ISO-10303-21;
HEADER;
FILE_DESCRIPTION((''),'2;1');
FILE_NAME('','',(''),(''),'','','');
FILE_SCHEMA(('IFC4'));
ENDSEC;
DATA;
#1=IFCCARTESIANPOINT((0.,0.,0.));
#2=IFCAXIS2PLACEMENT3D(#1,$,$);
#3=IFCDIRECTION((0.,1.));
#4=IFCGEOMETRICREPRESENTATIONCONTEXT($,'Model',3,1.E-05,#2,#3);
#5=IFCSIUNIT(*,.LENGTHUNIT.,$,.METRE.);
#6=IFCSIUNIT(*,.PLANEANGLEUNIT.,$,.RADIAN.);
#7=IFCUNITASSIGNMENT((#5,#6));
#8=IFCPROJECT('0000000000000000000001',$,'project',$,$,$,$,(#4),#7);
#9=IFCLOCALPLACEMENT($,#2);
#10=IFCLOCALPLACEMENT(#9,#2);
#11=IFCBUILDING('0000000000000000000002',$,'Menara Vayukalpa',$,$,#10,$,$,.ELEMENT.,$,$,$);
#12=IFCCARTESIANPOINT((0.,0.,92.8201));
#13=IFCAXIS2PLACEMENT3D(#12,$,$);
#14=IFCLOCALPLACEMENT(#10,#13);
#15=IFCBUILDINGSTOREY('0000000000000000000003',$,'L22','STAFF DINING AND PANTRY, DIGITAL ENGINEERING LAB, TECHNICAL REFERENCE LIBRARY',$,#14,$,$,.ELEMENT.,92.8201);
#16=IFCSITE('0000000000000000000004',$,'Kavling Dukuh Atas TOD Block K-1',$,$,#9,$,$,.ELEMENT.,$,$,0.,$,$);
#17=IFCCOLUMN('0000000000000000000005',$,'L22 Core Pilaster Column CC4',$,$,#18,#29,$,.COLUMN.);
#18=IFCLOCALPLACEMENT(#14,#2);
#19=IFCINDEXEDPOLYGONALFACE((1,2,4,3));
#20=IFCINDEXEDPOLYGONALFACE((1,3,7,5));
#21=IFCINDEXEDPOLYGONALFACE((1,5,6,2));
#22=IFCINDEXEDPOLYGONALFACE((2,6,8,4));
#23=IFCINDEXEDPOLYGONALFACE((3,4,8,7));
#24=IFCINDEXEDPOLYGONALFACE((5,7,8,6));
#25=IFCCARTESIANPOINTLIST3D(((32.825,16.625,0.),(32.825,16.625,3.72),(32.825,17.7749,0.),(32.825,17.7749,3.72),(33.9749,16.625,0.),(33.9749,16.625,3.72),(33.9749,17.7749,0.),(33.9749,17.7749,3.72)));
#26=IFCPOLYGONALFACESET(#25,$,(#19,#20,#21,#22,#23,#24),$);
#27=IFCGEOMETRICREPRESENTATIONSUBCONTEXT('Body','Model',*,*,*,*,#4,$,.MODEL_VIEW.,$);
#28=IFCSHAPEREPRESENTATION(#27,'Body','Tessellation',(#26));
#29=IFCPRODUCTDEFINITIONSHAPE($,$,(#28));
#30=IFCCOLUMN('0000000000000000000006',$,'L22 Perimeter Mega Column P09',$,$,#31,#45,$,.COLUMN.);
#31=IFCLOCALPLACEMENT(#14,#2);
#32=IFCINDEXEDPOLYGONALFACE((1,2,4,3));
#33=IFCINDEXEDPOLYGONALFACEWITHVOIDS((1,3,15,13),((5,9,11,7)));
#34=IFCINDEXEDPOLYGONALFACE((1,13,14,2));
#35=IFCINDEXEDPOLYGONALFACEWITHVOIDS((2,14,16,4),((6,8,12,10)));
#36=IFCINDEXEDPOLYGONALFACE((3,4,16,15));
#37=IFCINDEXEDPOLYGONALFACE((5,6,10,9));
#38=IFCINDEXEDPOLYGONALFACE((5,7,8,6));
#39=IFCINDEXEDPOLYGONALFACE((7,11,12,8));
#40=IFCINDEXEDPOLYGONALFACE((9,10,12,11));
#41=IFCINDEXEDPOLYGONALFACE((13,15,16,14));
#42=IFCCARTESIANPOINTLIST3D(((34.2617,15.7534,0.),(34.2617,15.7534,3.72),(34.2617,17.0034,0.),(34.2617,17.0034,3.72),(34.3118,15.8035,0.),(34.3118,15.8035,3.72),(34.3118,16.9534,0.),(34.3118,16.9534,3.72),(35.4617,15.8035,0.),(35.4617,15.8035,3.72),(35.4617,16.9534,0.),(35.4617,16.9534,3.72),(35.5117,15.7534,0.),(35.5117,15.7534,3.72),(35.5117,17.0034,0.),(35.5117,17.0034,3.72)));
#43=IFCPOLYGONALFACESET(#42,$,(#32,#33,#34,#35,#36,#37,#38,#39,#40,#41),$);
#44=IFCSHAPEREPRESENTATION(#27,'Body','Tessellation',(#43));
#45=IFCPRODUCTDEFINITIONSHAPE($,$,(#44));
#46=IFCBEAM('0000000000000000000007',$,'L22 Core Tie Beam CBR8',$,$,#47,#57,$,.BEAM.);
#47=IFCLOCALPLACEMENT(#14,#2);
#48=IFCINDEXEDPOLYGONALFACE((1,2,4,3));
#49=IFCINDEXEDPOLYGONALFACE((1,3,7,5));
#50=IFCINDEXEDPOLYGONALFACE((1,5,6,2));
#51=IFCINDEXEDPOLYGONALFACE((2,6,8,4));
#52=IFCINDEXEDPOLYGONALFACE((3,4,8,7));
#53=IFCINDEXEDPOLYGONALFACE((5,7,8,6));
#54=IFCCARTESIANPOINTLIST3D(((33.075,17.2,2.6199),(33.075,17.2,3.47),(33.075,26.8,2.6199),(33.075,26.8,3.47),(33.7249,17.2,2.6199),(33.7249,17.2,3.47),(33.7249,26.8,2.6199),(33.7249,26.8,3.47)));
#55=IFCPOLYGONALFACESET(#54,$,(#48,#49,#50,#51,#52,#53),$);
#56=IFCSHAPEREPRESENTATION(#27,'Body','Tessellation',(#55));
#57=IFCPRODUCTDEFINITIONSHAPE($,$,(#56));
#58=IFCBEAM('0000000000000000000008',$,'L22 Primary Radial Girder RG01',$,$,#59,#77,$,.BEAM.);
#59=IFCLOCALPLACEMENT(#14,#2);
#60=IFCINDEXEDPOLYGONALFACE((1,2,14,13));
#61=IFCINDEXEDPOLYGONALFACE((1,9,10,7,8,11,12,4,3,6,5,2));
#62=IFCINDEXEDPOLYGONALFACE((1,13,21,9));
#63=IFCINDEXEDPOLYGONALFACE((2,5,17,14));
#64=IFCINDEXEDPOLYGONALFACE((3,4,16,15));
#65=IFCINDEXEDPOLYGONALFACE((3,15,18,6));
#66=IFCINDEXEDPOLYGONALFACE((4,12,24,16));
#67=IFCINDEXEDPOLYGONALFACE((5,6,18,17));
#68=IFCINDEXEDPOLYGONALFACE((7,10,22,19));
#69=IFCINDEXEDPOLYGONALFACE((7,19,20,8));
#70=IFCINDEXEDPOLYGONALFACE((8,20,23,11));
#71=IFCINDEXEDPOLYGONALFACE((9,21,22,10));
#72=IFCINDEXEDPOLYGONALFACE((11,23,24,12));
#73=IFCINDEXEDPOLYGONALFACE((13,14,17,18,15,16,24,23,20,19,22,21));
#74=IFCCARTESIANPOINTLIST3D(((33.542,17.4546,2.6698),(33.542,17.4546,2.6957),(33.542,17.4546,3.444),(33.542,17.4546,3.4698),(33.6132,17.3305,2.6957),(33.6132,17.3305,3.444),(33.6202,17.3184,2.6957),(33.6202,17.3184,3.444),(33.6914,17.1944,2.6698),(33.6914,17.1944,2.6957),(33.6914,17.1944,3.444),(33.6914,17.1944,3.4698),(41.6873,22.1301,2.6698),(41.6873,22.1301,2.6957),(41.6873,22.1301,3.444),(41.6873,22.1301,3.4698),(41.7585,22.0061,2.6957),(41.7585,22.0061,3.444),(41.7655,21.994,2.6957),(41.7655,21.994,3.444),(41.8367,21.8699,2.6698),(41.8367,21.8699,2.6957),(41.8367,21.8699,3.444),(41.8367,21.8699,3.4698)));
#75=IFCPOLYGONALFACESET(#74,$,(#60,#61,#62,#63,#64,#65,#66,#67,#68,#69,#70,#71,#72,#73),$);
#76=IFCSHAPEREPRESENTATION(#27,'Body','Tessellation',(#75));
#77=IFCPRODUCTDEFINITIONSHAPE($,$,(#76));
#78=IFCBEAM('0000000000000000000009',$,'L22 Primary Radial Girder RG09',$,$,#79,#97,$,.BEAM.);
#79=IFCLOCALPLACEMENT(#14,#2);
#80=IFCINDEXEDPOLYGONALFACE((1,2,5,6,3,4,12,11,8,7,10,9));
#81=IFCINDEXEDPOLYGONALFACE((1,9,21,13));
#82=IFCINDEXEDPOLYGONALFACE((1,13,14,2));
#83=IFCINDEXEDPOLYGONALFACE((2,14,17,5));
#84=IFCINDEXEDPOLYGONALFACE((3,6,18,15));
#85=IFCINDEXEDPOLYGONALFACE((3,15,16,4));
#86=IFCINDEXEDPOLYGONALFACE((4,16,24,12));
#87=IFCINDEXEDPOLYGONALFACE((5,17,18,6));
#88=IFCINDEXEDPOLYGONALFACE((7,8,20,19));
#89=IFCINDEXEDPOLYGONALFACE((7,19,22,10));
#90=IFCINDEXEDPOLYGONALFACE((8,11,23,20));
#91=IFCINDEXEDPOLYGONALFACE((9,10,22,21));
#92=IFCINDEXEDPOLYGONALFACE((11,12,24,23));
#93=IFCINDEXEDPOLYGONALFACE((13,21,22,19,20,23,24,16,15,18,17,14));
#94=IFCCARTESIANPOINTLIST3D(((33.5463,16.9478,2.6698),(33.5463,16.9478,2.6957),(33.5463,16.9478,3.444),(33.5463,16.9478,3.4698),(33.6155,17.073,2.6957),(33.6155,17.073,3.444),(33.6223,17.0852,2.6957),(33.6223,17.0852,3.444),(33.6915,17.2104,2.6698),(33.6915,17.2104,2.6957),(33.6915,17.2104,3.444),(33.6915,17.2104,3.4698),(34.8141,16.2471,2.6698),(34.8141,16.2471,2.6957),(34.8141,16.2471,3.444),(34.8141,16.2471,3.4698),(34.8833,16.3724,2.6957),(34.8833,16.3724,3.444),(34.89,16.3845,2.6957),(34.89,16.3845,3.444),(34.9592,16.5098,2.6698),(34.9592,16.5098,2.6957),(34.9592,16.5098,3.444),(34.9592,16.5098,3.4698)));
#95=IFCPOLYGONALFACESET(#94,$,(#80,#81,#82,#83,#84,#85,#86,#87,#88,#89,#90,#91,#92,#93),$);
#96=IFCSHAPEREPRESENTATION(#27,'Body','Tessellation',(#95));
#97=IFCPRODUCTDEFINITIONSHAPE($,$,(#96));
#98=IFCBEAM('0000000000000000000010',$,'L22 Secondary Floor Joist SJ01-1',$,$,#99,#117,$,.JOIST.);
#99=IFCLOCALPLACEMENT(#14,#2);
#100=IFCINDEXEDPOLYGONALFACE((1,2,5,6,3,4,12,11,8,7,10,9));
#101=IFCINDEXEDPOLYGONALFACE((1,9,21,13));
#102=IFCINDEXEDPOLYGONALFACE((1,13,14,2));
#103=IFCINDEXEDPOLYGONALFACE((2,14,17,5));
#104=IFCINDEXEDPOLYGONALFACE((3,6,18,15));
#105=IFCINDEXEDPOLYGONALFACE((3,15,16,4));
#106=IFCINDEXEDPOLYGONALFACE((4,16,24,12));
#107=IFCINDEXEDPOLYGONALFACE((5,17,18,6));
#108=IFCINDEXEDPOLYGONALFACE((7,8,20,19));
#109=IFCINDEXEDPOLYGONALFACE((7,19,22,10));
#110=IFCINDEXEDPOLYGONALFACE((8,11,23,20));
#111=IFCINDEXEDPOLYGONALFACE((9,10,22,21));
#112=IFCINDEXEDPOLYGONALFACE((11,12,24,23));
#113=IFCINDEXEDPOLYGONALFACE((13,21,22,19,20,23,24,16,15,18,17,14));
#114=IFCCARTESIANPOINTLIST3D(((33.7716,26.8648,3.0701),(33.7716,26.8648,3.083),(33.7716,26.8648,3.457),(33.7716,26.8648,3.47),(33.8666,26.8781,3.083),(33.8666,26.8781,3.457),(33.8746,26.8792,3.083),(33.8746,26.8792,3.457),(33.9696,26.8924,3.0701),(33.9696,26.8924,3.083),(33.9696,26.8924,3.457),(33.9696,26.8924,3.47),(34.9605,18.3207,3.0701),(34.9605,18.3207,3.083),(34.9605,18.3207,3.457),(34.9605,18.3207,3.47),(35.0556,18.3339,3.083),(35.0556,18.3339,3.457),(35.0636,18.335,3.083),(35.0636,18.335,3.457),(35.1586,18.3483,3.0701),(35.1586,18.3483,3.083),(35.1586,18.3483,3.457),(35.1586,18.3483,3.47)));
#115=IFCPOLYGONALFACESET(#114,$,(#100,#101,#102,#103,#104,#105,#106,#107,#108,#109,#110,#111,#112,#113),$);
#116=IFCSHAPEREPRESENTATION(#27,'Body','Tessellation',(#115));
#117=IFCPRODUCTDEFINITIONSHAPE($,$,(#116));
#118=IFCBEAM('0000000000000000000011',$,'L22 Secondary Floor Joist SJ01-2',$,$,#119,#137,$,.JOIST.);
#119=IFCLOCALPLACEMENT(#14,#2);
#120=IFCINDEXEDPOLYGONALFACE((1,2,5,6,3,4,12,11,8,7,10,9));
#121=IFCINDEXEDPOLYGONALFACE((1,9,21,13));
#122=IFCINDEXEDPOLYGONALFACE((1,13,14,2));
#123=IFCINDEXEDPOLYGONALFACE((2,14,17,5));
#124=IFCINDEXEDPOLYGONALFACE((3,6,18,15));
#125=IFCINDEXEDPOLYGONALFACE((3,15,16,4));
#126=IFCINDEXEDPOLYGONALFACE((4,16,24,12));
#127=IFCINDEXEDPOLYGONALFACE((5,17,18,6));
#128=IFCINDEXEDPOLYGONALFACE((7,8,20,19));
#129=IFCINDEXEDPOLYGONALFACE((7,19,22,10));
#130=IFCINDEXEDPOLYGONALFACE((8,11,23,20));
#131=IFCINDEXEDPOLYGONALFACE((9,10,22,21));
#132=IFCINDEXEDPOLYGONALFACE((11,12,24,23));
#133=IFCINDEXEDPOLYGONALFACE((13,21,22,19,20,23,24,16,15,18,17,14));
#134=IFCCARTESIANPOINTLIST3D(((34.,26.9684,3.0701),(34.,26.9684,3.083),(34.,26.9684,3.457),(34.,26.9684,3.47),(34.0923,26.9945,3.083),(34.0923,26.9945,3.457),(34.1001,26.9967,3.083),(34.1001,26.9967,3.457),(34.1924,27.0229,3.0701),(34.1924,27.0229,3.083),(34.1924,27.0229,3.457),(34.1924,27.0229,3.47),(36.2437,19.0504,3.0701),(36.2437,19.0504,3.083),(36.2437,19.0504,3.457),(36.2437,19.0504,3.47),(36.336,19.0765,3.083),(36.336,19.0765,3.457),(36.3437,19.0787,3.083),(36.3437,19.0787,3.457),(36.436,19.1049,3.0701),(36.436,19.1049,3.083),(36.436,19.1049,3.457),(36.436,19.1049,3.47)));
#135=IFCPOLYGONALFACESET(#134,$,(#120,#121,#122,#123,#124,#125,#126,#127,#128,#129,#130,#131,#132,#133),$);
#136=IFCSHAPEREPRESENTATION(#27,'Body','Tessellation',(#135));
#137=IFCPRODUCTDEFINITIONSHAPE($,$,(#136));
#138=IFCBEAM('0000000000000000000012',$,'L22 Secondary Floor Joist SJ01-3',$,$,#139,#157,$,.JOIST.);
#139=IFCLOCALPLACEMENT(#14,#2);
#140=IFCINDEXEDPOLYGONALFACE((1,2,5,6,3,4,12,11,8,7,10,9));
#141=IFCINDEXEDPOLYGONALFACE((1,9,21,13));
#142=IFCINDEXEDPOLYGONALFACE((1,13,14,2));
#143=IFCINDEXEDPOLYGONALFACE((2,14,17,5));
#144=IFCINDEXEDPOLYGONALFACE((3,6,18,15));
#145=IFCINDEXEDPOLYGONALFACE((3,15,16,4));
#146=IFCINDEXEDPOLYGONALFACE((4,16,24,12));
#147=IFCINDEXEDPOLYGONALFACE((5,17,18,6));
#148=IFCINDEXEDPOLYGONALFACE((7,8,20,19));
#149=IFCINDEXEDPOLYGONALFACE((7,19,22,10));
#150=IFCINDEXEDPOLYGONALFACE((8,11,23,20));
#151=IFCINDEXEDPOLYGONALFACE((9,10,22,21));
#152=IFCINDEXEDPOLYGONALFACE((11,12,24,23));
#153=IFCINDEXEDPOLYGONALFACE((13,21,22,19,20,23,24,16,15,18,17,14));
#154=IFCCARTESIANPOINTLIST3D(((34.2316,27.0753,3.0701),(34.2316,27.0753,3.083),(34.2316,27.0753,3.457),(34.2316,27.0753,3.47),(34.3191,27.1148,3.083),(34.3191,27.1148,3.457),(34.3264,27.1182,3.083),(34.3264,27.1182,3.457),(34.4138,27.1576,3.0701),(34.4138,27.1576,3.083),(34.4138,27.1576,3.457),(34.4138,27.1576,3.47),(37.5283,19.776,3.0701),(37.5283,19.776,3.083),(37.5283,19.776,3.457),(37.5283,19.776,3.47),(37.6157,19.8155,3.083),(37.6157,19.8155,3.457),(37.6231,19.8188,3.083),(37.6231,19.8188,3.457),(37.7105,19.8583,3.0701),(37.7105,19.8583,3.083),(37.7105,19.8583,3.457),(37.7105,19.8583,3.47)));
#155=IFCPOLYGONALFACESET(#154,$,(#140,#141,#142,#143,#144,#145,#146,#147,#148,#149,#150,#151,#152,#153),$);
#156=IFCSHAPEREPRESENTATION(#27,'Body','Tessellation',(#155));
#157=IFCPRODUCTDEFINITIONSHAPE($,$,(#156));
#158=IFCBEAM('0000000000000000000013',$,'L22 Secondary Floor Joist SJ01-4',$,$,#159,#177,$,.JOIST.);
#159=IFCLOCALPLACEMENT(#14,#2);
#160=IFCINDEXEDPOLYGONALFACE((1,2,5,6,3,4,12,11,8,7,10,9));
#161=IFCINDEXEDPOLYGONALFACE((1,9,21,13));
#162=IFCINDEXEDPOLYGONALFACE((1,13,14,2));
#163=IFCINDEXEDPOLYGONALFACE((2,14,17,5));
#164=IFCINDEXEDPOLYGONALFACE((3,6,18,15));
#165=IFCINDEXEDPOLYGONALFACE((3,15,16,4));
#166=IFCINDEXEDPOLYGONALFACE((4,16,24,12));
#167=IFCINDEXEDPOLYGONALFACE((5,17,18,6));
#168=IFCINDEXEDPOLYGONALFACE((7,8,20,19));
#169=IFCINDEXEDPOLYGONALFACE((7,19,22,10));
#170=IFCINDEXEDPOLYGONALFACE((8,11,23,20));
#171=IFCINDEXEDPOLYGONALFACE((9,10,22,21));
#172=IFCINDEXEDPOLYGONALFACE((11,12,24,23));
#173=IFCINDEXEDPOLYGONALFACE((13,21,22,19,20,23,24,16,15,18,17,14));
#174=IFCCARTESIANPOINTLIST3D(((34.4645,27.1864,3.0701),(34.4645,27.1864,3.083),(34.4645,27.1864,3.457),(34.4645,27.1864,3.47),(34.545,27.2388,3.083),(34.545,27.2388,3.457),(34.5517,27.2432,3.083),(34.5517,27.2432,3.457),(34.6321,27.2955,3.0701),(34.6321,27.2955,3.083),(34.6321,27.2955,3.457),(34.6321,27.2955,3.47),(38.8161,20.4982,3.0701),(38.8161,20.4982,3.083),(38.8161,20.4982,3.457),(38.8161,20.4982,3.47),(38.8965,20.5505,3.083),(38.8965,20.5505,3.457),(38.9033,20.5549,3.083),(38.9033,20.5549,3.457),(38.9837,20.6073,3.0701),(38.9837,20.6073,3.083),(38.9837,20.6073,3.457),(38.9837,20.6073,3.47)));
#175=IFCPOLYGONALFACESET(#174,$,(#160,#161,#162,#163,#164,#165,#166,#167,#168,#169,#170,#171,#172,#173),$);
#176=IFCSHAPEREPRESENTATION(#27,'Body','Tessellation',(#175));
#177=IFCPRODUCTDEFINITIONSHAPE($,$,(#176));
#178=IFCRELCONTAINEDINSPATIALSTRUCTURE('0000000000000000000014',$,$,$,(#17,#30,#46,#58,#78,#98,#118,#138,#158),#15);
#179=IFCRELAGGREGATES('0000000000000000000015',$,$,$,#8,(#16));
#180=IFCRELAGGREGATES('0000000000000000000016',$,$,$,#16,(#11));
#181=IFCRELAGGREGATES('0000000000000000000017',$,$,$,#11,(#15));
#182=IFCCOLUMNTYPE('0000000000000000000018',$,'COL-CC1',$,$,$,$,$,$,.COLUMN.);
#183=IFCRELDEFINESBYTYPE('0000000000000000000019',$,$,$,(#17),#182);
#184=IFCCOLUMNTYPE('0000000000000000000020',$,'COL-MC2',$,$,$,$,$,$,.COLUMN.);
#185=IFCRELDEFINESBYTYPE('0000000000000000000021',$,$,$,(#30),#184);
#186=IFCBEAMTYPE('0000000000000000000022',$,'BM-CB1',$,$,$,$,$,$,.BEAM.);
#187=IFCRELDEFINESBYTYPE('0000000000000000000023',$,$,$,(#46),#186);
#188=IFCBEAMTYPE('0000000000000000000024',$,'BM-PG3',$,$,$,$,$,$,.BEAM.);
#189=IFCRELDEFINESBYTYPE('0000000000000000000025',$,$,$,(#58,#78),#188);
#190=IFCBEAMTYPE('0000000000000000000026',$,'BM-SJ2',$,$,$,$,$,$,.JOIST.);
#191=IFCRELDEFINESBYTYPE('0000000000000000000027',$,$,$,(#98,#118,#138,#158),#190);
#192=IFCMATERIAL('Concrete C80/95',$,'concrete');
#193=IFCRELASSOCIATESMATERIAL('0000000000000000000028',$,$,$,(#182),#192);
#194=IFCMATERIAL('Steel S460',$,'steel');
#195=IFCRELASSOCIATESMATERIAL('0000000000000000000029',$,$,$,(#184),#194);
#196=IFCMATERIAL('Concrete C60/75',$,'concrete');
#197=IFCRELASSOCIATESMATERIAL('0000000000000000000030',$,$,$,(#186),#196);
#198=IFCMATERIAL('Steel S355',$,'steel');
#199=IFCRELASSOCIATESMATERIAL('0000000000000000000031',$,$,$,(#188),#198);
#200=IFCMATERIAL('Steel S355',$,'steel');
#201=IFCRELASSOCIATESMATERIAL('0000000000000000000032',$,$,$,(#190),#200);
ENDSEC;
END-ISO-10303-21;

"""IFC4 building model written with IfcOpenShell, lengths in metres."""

from ifc_helpers import new_model, si_unit, direction, frame, origin, origin_2d, place, context, subcontext, project, spatial, rectangle, hollow_rectangle, i_section, extrude, material, material_profile, profile_set, type_object, element, save


model = new_model("IFC4")

# Units and contexts
model_context = context("Model", 3, precision=1e-05, world=origin(), true_north=direction((0.0, 1.0)))
body_context = subcontext(model_context, "Body", "Model", "MODEL_VIEW")
ifc_project = project(units=[si_unit("LENGTHUNIT", "METRE"), si_unit("PLANEANGLEUNIT", "RADIAN")], contexts=[model_context])

# Site, building, storey
site_placement = place(None, origin())
site = spatial("IfcSite", under=ifc_project, at=site_placement, Name="Kavling Dukuh Atas TOD Block K-1", CompositionType="ELEMENT", RefElevation=0.0)
building_placement = place(site_placement, origin())
building = spatial("IfcBuilding", under=site, at=building_placement, Name="Menara Vayukalpa", CompositionType="ELEMENT")
storey_placement = place(building_placement, frame((0.0, 0.0, 92.8201)))
storey = spatial("IfcBuildingStorey", under=building, at=storey_placement, Name="L22", Description="STAFF DINING AND PANTRY, DIGITAL ENGINEERING LAB, TECHNICAL REFERENCE LIBRARY", CompositionType="ELEMENT", Elevation=92.8201)

# Columns
ifc_material_1 = material(Name="Concrete C80/95", Category="concrete")
ifc_material_profile_1 = material_profile(ifc_material_1, rectangle(XDim=1.1499, YDim=1.1499, at=origin_2d()), Name="RC 1150x1150")
ifc_profile_set_1 = profile_set([ifc_material_profile_1], Name="Concrete C80/95")
column_type_1 = type_object("IfcColumnType", Name="COL-CC1", PredefinedType="COLUMN", material=ifc_profile_set_1)
column_1_placement = place(storey_placement, frame((33.3999, 17.2, 0.0), z_axis=(0.0, 0.0, 1.0), x_axis=(1.0, 0.0, 0.0)))
element("IfcColumn", 1, at=column_1_placement, inside=storey, type_object=column_type_1, Name="L22 Core Pilaster Column CC4", PredefinedType="COLUMN", context=body_context, shape_type="SweptSolid", body=[
    extrude(rectangle(XDim=1.1499, YDim=1.1499, at=origin_2d()), origin(), (0.0, 0.0, 1.0), 3.72),
])
ifc_material_2 = material(Name="Steel S460", Category="steel")
ifc_material_profile_2 = material_profile(ifc_material_2, hollow_rectangle(XDim=1.25, YDim=1.25, WallThickness=0.05, at=origin_2d()), Name="BOX 1250x1250x50")
ifc_profile_set_2 = profile_set([ifc_material_profile_2], Name="Steel S460")
column_type_2 = type_object("IfcColumnType", Name="COL-MC2", PredefinedType="COLUMN", material=ifc_profile_set_2)
column_2_placement = place(storey_placement, frame((34.8867, 16.3784, 0.0), z_axis=(0.0, 0.0, 1.0), x_axis=(1.0, 0.0, 0.0)))
element("IfcColumn", 2, at=column_2_placement, inside=storey, type_object=column_type_2, Name="L22 Perimeter Mega Column P09", PredefinedType="COLUMN", context=body_context, shape_type="SweptSolid", body=[
    extrude(hollow_rectangle(XDim=1.25, YDim=1.25, WallThickness=0.05, at=origin_2d()), origin(), (0.0, 0.0, 1.0), 3.72),
])

# Beams
ifc_material_3 = material(Name="Concrete C60/75", Category="concrete")
ifc_material_profile_3 = material_profile(ifc_material_3, rectangle(XDim=0.6499, YDim=0.8501, at=origin_2d()), Name="RC 650x850")
ifc_profile_set_3 = profile_set([ifc_material_profile_3], Name="Concrete C60/75")
beam_type_1 = type_object("IfcBeamType", Name="BM-CB1", PredefinedType="BEAM", material=ifc_profile_set_3)
beam_1_placement = place(storey_placement, frame((33.3999, 17.2, 3.0449), z_axis=(0.0, 1.0, 0.0), x_axis=(-1.0, 0.0, 0.0)))
element("IfcBeam", 3, at=beam_1_placement, inside=storey, type_object=beam_type_1, Name="L22 Core Tie Beam CBR8", PredefinedType="BEAM", context=body_context, shape_type="SweptSolid", body=[
    extrude(rectangle(XDim=0.6499, YDim=0.8501, at=origin_2d()), origin(), (0.0, 0.0, 1.0), 9.6001),
])
ifc_material_4 = material(Name="Steel S355", Category="steel")
ifc_material_profile_4 = material_profile(ifc_material_4, i_section(OverallWidth=0.3, OverallDepth=0.8, WebThickness=0.0139, FlangeThickness=0.0259, at=origin_2d()), Name="WF 800x300x14x26")
ifc_profile_set_4 = profile_set([ifc_material_profile_4], Name="Steel S355")
beam_type_2 = type_object("IfcBeamType", Name="BM-PG3", PredefinedType="BEAM", material=ifc_profile_set_4)
beam_2_placement = place(storey_placement, frame((33.6167, 17.3245, 3.0698), z_axis=(0.867274, 0.497832, 0.0), x_axis=(-0.497832, 0.867274, 0.0)))
element("IfcBeam", 4, at=beam_2_placement, inside=storey, type_object=beam_type_2, Name="L22 Primary Radial Girder RG01", PredefinedType="BEAM", context=body_context, shape_type="SweptSolid", body=[
    extrude(i_section(OverallWidth=0.3, OverallDepth=0.8, WebThickness=0.0139, FlangeThickness=0.0259, at=origin_2d()), origin(), (0.0, 0.0, 1.0), 9.3918),
])
beam_3_placement = place(storey_placement, frame((33.6189, 17.0791, 3.0698), z_axis=(0.875228, -0.48371, 0.0), x_axis=(0.48371, 0.875228, 0.0)))
element("IfcBeam", 5, at=beam_3_placement, inside=storey, type_object=beam_type_2, Name="L22 Primary Radial Girder RG09", PredefinedType="BEAM", context=body_context, shape_type="SweptSolid", body=[
    extrude(i_section(OverallWidth=0.3, OverallDepth=0.8, WebThickness=0.0139, FlangeThickness=0.0259, at=origin_2d()), origin(), (0.0, 0.0, 1.0), 1.4485),
])
ifc_material_5 = material(Name="Steel S355", Category="steel")
ifc_material_profile_5 = material_profile(ifc_material_5, i_section(OverallWidth=0.2, OverallDepth=0.3999, WebThickness=0.0081, FlangeThickness=0.0129, at=origin_2d()), Name="WF 400x200x8x13")
ifc_profile_set_5 = profile_set([ifc_material_profile_5], Name="Steel S355")
beam_type_3 = type_object("IfcBeamType", Name="BM-SJ2", PredefinedType="JOIST", material=ifc_profile_set_5)
beam_4_placement = place(storey_placement, frame((35.0596, 18.3345, 3.27), z_axis=(-0.137827, 0.990456, 0.0), x_axis=(-0.990456, -0.137827, 0.0)))
element("IfcBeam", 6, at=beam_4_placement, inside=storey, type_object=beam_type_3, Name="L22 Secondary Floor Joist SJ01-1", PredefinedType="JOIST", context=body_context, shape_type="SweptSolid", body=[
    extrude(i_section(OverallWidth=0.2, OverallDepth=0.3999, WebThickness=0.0081, FlangeThickness=0.0129, at=origin_2d()), origin(), (0.0, 0.0, 1.0), 8.6265),
])
beam_5_placement = place(storey_placement, frame((36.3398, 19.0776, 3.27), z_axis=(-0.272628, 0.962119, 0.0), x_axis=(-0.962119, -0.272628, 0.0)))
element("IfcBeam", 7, at=beam_5_placement, inside=storey, type_object=beam_type_3, Name="L22 Secondary Floor Joist SJ01-2", PredefinedType="JOIST", context=body_context, shape_type="SweptSolid", body=[
    extrude(i_section(OverallWidth=0.2, OverallDepth=0.3999, WebThickness=0.0081, FlangeThickness=0.0129, at=origin_2d()), origin(), (0.0, 0.0, 1.0), 8.2297),
])
beam_6_placement = place(storey_placement, frame((37.6194, 19.8171, 3.27), z_axis=(-0.411604, 0.911363, 0.0), x_axis=(-0.911363, -0.411604, 0.0)))
element("IfcBeam", 8, at=beam_6_placement, inside=storey, type_object=beam_type_3, Name="L22 Secondary Floor Joist SJ01-3", PredefinedType="JOIST", context=body_context, shape_type="SweptSolid", body=[
    extrude(i_section(OverallWidth=0.2, OverallDepth=0.3999, WebThickness=0.0081, FlangeThickness=0.0129, at=origin_2d()), origin(), (0.0, 0.0, 1.0), 8.0093),
])
beam_7_placement = place(storey_placement, frame((38.8999, 20.5527, 3.27), z_axis=(-0.545359, 0.838202, 0.0), x_axis=(-0.838202, -0.545359, 0.0)))
element("IfcBeam", 9, at=beam_7_placement, inside=storey, type_object=beam_type_3, Name="L22 Secondary Floor Joist SJ01-4", PredefinedType="JOIST", context=body_context, shape_type="SweptSolid", body=[
    extrude(i_section(OverallWidth=0.2, OverallDepth=0.3999, WebThickness=0.0081, FlangeThickness=0.0129, at=origin_2d()), origin(), (0.0, 0.0, 1.0), 7.9792),
])

save(model, "model.ifc")
